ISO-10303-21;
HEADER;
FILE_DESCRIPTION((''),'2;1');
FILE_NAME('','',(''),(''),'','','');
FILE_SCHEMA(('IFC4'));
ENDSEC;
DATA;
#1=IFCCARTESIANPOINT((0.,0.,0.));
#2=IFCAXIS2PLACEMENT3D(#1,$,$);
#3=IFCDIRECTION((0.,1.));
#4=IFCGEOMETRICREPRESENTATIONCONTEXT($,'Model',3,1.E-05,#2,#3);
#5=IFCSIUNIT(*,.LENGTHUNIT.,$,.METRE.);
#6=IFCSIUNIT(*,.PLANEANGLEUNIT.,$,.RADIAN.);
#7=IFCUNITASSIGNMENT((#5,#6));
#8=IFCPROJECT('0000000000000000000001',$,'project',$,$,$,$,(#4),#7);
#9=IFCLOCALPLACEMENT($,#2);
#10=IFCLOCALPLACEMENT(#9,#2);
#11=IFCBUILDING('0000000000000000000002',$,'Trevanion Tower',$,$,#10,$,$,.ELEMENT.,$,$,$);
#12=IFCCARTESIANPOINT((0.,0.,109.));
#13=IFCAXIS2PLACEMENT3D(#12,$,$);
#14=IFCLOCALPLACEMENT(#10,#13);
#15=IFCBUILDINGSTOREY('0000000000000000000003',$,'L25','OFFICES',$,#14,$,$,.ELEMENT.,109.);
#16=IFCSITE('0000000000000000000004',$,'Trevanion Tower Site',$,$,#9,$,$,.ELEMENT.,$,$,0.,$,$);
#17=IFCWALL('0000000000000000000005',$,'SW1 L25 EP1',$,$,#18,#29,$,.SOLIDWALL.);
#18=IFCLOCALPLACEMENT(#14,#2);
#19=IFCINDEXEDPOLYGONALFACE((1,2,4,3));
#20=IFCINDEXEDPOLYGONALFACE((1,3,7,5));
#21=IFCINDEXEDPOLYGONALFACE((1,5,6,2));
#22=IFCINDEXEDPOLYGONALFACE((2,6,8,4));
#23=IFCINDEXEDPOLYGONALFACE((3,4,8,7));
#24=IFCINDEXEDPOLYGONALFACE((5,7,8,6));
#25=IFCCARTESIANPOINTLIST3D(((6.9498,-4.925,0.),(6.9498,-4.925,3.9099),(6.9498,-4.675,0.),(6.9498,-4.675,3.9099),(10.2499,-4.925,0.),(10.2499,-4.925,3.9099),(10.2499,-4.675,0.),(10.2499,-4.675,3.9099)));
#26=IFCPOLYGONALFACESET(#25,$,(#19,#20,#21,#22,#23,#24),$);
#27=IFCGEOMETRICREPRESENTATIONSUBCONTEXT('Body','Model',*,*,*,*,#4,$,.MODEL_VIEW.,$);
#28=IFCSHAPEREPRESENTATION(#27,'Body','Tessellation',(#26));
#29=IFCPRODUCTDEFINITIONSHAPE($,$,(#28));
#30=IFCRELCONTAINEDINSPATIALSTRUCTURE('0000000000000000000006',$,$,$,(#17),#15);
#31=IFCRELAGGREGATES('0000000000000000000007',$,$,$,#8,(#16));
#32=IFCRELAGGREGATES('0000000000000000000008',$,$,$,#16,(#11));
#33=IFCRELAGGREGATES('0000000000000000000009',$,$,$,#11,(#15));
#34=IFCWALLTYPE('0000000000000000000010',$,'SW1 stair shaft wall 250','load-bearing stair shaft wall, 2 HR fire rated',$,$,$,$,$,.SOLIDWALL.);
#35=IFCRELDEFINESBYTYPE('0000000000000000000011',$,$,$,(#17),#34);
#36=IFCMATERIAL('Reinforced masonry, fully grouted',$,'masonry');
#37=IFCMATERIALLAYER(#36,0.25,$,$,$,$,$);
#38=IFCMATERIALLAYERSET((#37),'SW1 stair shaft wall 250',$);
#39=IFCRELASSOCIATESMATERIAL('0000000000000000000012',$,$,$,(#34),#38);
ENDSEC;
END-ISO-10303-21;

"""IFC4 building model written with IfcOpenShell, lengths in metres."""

from ifc_helpers import new_model, si_unit, direction, frame, frame_2d, origin, place, context, subcontext, project, spatial, rectangle, extrude, material, layer, layer_set, type_object, element, save


model = new_model("IFC4")

# Units and contexts
model_context = context("Model", 3, precision=1e-05, world=origin(), true_north=direction((0.0, 1.0)))
body_context = subcontext(model_context, "Body", "Model", "MODEL_VIEW")
ifc_project = project(units=[si_unit("LENGTHUNIT", "METRE"), si_unit("PLANEANGLEUNIT", "RADIAN")], contexts=[model_context])

# Site, building, storey
site_placement = place(None, origin())
site = spatial("IfcSite", under=ifc_project, at=site_placement, Name="Trevanion Tower Site", CompositionType="ELEMENT", RefElevation=0.0)
building_placement = place(site_placement, origin())
building = spatial("IfcBuilding", under=site, at=building_placement, Name="Trevanion Tower", CompositionType="ELEMENT")
storey_placement = place(building_placement, frame((0.0, 0.0, 109.0)))
storey = spatial("IfcBuildingStorey", under=building, at=storey_placement, Name="L25", Description="OFFICES", CompositionType="ELEMENT", Elevation=109.0)

# Wall
ifc_material_1 = material(Name="Reinforced masonry, fully grouted", Category="masonry")
ifc_layer_1 = layer(ifc_material_1, 0.25)
ifc_layer_set_1 = layer_set([ifc_layer_1], Name="SW1 stair shaft wall 250")
wall_type_1 = type_object("IfcWallType", Name="SW1 stair shaft wall 250", Description="load-bearing stair shaft wall, 2 HR fire rated", PredefinedType="SOLIDWALL", material=ifc_layer_set_1)
wall_1_placement = place(storey_placement, frame((6.95, -4.8, 0.0), z_axis=(0.0, 0.0, 1.0), x_axis=(1.0, 0.0, 0.0)))
element("IfcWall", 1, at=wall_1_placement, inside=storey, type_object=wall_type_1, Name="SW1 L25 EP1", PredefinedType="SOLIDWALL", context=body_context, shape_type="SweptSolid", body=[
    extrude(rectangle(XDim=3.3, YDim=0.25, at=frame_2d((1.6499, 0.0))), origin(), (0.0, 0.0, 1.0), 3.9099),
])

save(model, "model.ifc")
